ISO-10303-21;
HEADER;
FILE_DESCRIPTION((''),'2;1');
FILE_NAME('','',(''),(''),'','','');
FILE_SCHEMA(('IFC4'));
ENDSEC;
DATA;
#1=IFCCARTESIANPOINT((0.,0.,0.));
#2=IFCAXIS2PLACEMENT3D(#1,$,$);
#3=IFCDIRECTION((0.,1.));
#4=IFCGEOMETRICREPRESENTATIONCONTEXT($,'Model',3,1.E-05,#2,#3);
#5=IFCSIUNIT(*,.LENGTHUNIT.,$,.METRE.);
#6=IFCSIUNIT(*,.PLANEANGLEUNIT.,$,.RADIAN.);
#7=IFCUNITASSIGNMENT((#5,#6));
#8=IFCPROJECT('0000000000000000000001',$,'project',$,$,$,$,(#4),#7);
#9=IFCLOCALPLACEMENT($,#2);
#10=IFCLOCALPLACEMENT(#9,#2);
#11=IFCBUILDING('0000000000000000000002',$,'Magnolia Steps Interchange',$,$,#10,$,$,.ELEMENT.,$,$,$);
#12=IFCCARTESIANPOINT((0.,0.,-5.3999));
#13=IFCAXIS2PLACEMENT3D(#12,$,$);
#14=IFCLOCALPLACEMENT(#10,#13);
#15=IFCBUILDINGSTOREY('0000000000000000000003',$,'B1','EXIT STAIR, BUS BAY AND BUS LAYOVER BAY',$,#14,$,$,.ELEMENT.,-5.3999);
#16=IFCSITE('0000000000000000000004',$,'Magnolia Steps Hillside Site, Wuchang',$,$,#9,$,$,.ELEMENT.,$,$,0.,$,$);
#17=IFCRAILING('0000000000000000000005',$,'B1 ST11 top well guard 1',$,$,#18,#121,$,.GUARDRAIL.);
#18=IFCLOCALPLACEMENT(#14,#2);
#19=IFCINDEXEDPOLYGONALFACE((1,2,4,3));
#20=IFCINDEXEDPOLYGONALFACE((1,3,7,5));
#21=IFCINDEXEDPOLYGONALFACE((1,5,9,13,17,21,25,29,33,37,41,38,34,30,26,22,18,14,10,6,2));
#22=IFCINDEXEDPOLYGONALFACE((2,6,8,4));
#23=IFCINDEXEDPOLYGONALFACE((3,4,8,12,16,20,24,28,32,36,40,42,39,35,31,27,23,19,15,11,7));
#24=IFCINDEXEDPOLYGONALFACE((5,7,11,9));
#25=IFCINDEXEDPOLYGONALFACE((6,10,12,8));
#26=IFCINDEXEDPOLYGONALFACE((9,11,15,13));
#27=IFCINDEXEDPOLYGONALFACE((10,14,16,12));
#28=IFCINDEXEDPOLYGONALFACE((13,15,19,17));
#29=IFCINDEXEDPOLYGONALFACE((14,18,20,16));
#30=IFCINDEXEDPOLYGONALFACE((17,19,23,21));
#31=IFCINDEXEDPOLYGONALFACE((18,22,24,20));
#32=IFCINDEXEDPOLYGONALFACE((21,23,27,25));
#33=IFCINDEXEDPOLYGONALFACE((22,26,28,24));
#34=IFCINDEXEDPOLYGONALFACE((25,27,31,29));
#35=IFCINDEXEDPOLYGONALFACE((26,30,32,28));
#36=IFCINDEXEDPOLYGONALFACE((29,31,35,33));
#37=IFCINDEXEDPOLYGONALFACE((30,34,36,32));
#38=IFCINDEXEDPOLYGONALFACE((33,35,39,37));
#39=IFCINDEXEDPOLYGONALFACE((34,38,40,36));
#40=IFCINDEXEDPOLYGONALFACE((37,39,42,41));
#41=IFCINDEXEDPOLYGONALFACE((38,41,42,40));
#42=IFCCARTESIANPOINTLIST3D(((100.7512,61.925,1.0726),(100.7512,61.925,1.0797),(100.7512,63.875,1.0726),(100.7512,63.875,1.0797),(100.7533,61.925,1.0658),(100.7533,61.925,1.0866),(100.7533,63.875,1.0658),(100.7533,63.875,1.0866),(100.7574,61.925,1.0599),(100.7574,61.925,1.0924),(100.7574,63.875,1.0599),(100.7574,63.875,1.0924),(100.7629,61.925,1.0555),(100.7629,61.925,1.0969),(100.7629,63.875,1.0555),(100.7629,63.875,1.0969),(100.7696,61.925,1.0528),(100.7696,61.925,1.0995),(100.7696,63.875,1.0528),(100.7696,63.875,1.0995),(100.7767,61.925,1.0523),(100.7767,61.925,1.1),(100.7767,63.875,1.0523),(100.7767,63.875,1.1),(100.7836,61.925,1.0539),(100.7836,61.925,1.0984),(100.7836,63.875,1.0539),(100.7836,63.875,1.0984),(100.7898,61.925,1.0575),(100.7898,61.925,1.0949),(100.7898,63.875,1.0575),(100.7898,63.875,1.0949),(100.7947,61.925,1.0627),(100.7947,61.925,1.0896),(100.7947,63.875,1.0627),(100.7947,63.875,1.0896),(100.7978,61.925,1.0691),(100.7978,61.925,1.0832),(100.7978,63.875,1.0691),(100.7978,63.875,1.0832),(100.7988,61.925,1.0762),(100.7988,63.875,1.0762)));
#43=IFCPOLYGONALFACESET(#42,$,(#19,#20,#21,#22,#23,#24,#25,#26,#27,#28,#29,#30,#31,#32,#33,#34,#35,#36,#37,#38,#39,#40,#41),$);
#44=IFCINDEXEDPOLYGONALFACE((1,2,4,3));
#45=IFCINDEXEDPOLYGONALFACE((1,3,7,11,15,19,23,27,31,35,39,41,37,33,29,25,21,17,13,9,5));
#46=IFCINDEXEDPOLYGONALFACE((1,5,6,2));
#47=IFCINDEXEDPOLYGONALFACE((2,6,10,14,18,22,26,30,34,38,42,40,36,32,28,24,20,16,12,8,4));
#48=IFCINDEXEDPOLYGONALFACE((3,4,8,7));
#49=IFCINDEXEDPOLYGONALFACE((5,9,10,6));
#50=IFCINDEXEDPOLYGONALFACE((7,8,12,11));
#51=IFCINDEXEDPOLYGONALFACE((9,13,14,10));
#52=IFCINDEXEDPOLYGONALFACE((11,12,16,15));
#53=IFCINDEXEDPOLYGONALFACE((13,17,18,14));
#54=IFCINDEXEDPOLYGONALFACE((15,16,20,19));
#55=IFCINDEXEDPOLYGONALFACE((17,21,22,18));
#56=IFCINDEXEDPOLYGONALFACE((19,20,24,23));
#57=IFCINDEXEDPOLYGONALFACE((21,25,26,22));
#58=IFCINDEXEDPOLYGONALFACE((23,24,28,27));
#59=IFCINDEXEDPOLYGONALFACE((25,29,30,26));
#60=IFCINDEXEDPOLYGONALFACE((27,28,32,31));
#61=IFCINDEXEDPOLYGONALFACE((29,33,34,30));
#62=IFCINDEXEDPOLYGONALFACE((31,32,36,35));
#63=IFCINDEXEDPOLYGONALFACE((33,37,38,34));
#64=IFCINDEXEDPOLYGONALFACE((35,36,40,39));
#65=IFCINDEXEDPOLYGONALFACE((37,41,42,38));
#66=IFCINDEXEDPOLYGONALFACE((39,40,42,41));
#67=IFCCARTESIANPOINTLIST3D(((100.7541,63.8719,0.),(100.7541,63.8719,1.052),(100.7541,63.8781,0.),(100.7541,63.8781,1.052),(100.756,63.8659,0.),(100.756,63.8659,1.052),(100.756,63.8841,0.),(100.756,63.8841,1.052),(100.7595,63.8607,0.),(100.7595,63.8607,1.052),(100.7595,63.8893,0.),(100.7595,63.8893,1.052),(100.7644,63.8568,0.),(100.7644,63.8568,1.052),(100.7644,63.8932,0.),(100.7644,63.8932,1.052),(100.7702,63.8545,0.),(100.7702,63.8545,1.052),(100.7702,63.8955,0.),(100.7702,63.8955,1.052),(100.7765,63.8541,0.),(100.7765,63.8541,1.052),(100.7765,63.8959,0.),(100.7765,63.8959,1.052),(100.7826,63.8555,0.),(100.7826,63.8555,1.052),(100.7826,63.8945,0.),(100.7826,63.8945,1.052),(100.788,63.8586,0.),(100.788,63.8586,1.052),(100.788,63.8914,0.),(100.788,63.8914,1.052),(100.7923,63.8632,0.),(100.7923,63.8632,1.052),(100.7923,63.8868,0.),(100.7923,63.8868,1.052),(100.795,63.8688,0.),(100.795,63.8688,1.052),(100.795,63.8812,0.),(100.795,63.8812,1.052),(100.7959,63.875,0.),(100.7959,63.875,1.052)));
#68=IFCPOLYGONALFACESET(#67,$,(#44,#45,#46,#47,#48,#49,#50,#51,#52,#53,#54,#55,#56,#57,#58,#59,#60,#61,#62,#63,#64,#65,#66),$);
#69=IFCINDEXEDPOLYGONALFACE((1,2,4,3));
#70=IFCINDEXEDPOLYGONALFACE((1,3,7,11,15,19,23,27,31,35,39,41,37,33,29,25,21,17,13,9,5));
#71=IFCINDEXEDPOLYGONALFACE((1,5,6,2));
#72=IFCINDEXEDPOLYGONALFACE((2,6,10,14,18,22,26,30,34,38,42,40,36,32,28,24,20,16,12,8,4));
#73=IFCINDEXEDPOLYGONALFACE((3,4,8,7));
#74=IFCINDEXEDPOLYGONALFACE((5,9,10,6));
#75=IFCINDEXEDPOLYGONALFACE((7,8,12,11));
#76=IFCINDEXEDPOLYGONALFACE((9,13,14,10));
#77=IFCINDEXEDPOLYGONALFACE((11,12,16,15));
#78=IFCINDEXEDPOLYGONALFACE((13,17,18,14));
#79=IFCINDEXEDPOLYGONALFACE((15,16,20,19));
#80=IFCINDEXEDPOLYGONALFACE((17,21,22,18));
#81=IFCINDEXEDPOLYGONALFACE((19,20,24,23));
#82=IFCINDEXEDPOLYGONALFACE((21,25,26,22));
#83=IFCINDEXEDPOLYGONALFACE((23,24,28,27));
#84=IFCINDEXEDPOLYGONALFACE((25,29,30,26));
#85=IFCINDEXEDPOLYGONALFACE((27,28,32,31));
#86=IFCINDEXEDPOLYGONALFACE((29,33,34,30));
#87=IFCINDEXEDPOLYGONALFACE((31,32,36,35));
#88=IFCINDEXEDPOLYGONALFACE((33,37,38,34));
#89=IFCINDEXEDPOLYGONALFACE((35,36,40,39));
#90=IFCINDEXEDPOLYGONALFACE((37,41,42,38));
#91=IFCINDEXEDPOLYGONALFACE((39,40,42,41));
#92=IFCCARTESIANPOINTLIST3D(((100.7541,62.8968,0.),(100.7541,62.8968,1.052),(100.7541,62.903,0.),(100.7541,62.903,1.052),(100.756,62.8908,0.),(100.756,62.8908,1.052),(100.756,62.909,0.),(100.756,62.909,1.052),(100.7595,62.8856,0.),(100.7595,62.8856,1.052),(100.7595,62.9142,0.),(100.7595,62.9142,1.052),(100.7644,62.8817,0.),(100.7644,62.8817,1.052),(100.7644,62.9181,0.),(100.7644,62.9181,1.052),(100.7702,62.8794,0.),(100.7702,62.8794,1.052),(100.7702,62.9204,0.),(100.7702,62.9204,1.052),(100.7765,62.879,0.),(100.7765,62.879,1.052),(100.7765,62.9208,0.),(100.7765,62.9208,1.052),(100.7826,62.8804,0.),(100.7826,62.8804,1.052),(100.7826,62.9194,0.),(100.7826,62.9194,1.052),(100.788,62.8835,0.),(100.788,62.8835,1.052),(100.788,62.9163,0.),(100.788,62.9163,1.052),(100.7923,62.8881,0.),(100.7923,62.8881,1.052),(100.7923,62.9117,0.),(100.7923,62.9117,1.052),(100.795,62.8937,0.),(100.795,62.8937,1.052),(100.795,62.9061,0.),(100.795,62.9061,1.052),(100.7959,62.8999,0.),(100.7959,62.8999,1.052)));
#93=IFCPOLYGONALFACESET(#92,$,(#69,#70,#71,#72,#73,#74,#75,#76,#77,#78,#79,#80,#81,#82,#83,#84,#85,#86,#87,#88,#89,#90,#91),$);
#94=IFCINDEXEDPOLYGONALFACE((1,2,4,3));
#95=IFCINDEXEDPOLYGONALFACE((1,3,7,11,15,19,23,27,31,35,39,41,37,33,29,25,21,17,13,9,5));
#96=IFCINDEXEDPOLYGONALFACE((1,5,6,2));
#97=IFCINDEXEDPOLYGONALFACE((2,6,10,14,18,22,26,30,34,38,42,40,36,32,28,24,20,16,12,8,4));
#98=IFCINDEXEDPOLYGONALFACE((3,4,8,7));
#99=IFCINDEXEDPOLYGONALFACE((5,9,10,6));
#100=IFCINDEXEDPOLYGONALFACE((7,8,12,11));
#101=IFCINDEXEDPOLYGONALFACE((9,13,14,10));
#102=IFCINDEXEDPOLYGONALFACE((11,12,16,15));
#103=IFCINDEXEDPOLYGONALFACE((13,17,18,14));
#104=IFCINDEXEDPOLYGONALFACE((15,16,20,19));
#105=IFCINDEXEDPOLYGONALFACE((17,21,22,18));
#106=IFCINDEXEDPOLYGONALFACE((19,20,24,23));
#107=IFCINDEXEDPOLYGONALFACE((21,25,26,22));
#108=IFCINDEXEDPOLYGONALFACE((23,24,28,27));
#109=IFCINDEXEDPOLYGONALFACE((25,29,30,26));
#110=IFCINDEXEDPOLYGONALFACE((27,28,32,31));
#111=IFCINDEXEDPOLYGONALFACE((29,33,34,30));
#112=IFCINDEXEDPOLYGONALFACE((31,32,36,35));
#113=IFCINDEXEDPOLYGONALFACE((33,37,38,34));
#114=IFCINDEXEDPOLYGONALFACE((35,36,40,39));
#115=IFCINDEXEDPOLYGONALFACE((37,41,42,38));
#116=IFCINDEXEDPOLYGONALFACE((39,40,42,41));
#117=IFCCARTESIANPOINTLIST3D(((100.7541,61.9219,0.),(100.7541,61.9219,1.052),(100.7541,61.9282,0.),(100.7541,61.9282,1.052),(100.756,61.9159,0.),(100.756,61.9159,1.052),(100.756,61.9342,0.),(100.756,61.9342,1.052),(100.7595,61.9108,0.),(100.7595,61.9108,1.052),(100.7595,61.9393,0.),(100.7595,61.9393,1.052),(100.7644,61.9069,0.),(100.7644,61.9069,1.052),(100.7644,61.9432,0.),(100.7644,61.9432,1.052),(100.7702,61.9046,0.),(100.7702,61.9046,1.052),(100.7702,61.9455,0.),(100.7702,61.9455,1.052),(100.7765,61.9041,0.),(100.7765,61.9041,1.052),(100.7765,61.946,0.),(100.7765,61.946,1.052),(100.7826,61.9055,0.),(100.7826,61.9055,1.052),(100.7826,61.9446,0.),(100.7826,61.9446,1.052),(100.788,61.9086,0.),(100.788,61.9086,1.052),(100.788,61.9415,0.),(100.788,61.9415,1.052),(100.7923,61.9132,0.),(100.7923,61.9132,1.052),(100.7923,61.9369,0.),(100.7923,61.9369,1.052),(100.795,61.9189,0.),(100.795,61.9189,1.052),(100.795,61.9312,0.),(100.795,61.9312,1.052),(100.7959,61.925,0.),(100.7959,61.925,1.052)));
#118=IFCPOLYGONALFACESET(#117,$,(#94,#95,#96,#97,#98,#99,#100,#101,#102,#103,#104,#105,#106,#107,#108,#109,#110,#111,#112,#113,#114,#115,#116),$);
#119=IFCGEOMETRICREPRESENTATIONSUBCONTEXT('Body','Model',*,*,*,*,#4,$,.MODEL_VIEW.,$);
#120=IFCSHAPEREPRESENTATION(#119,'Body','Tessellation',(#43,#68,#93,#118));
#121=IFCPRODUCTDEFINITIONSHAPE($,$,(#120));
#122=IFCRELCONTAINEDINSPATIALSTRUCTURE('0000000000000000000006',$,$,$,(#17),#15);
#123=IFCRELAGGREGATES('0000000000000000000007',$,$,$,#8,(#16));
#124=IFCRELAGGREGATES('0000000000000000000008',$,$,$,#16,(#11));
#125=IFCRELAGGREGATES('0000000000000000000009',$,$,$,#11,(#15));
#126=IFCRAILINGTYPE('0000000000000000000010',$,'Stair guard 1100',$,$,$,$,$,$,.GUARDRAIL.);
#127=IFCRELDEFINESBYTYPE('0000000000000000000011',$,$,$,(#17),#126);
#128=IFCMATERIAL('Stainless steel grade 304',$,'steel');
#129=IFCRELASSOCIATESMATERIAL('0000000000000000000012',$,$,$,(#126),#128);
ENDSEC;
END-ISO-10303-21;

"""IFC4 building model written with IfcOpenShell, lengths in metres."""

from ifc_helpers import new_model, si_unit, direction, frame, origin, origin_2d, place, context, subcontext, project, spatial, circle, extrude, material, type_object, element, save


model = new_model("IFC4")

# Units and contexts
model_context = context("Model", 3, precision=1e-05, world=origin(), true_north=direction((0.0, 1.0)))
body_context = subcontext(model_context, "Body", "Model", "MODEL_VIEW")
ifc_project = project(units=[si_unit("LENGTHUNIT", "METRE"), si_unit("PLANEANGLEUNIT", "RADIAN")], contexts=[model_context])

# Site, building, storey
site_placement = place(None, origin())
site = spatial("IfcSite", under=ifc_project, at=site_placement, Name="Magnolia Steps Hillside Site, Wuchang", CompositionType="ELEMENT", RefElevation=0.0)
building_placement = place(site_placement, origin())
building = spatial("IfcBuilding", under=site, at=building_placement, Name="Magnolia Steps Interchange", CompositionType="ELEMENT")
storey_placement = place(building_placement, frame((0.0, 0.0, -5.3999)))
storey = spatial("IfcBuildingStorey", under=building, at=storey_placement, Name="B1", Description="EXIT STAIR, BUS BAY AND BUS LAYOVER BAY", CompositionType="ELEMENT", Elevation=-5.3999)

# Railing
ifc_material_1 = material(Name="Stainless steel grade 304", Category="steel")
railing_type = type_object("IfcRailingType", Name="Stair guard 1100", PredefinedType="GUARDRAIL", material=ifc_material_1)
railing_1_placement = place(storey_placement, frame((100.7749, 63.875, 0.0)))
element("IfcRailing", 1, at=railing_1_placement, inside=storey, type_object=railing_type, Name="B1 ST11 top well guard 1", PredefinedType="GUARDRAIL", context=body_context, shape_type="SweptSolid", body=[
    extrude(circle(Radius=0.0239, at=origin_2d()), frame((0.0, 0.0, 1.0762), z_axis=(0.0, -1.0, 0.0), x_axis=(1.0, 0.0, 0.0)), (0.0, 0.0, 1.0), 1.95),
    extrude(circle(Radius=0.021, at=origin_2d()), origin(), (0.0, 0.0, 1.0), 1.052),
    extrude(circle(Radius=0.021, at=origin_2d()), frame((0.0, -0.9751, 0.0)), (0.0, 0.0, 1.0), 1.052),
    extrude(circle(Radius=0.021, at=origin_2d()), frame((0.0, -1.95, 0.0)), (0.0, 0.0, 1.0), 1.052),
])

save(model, "model.ifc")
